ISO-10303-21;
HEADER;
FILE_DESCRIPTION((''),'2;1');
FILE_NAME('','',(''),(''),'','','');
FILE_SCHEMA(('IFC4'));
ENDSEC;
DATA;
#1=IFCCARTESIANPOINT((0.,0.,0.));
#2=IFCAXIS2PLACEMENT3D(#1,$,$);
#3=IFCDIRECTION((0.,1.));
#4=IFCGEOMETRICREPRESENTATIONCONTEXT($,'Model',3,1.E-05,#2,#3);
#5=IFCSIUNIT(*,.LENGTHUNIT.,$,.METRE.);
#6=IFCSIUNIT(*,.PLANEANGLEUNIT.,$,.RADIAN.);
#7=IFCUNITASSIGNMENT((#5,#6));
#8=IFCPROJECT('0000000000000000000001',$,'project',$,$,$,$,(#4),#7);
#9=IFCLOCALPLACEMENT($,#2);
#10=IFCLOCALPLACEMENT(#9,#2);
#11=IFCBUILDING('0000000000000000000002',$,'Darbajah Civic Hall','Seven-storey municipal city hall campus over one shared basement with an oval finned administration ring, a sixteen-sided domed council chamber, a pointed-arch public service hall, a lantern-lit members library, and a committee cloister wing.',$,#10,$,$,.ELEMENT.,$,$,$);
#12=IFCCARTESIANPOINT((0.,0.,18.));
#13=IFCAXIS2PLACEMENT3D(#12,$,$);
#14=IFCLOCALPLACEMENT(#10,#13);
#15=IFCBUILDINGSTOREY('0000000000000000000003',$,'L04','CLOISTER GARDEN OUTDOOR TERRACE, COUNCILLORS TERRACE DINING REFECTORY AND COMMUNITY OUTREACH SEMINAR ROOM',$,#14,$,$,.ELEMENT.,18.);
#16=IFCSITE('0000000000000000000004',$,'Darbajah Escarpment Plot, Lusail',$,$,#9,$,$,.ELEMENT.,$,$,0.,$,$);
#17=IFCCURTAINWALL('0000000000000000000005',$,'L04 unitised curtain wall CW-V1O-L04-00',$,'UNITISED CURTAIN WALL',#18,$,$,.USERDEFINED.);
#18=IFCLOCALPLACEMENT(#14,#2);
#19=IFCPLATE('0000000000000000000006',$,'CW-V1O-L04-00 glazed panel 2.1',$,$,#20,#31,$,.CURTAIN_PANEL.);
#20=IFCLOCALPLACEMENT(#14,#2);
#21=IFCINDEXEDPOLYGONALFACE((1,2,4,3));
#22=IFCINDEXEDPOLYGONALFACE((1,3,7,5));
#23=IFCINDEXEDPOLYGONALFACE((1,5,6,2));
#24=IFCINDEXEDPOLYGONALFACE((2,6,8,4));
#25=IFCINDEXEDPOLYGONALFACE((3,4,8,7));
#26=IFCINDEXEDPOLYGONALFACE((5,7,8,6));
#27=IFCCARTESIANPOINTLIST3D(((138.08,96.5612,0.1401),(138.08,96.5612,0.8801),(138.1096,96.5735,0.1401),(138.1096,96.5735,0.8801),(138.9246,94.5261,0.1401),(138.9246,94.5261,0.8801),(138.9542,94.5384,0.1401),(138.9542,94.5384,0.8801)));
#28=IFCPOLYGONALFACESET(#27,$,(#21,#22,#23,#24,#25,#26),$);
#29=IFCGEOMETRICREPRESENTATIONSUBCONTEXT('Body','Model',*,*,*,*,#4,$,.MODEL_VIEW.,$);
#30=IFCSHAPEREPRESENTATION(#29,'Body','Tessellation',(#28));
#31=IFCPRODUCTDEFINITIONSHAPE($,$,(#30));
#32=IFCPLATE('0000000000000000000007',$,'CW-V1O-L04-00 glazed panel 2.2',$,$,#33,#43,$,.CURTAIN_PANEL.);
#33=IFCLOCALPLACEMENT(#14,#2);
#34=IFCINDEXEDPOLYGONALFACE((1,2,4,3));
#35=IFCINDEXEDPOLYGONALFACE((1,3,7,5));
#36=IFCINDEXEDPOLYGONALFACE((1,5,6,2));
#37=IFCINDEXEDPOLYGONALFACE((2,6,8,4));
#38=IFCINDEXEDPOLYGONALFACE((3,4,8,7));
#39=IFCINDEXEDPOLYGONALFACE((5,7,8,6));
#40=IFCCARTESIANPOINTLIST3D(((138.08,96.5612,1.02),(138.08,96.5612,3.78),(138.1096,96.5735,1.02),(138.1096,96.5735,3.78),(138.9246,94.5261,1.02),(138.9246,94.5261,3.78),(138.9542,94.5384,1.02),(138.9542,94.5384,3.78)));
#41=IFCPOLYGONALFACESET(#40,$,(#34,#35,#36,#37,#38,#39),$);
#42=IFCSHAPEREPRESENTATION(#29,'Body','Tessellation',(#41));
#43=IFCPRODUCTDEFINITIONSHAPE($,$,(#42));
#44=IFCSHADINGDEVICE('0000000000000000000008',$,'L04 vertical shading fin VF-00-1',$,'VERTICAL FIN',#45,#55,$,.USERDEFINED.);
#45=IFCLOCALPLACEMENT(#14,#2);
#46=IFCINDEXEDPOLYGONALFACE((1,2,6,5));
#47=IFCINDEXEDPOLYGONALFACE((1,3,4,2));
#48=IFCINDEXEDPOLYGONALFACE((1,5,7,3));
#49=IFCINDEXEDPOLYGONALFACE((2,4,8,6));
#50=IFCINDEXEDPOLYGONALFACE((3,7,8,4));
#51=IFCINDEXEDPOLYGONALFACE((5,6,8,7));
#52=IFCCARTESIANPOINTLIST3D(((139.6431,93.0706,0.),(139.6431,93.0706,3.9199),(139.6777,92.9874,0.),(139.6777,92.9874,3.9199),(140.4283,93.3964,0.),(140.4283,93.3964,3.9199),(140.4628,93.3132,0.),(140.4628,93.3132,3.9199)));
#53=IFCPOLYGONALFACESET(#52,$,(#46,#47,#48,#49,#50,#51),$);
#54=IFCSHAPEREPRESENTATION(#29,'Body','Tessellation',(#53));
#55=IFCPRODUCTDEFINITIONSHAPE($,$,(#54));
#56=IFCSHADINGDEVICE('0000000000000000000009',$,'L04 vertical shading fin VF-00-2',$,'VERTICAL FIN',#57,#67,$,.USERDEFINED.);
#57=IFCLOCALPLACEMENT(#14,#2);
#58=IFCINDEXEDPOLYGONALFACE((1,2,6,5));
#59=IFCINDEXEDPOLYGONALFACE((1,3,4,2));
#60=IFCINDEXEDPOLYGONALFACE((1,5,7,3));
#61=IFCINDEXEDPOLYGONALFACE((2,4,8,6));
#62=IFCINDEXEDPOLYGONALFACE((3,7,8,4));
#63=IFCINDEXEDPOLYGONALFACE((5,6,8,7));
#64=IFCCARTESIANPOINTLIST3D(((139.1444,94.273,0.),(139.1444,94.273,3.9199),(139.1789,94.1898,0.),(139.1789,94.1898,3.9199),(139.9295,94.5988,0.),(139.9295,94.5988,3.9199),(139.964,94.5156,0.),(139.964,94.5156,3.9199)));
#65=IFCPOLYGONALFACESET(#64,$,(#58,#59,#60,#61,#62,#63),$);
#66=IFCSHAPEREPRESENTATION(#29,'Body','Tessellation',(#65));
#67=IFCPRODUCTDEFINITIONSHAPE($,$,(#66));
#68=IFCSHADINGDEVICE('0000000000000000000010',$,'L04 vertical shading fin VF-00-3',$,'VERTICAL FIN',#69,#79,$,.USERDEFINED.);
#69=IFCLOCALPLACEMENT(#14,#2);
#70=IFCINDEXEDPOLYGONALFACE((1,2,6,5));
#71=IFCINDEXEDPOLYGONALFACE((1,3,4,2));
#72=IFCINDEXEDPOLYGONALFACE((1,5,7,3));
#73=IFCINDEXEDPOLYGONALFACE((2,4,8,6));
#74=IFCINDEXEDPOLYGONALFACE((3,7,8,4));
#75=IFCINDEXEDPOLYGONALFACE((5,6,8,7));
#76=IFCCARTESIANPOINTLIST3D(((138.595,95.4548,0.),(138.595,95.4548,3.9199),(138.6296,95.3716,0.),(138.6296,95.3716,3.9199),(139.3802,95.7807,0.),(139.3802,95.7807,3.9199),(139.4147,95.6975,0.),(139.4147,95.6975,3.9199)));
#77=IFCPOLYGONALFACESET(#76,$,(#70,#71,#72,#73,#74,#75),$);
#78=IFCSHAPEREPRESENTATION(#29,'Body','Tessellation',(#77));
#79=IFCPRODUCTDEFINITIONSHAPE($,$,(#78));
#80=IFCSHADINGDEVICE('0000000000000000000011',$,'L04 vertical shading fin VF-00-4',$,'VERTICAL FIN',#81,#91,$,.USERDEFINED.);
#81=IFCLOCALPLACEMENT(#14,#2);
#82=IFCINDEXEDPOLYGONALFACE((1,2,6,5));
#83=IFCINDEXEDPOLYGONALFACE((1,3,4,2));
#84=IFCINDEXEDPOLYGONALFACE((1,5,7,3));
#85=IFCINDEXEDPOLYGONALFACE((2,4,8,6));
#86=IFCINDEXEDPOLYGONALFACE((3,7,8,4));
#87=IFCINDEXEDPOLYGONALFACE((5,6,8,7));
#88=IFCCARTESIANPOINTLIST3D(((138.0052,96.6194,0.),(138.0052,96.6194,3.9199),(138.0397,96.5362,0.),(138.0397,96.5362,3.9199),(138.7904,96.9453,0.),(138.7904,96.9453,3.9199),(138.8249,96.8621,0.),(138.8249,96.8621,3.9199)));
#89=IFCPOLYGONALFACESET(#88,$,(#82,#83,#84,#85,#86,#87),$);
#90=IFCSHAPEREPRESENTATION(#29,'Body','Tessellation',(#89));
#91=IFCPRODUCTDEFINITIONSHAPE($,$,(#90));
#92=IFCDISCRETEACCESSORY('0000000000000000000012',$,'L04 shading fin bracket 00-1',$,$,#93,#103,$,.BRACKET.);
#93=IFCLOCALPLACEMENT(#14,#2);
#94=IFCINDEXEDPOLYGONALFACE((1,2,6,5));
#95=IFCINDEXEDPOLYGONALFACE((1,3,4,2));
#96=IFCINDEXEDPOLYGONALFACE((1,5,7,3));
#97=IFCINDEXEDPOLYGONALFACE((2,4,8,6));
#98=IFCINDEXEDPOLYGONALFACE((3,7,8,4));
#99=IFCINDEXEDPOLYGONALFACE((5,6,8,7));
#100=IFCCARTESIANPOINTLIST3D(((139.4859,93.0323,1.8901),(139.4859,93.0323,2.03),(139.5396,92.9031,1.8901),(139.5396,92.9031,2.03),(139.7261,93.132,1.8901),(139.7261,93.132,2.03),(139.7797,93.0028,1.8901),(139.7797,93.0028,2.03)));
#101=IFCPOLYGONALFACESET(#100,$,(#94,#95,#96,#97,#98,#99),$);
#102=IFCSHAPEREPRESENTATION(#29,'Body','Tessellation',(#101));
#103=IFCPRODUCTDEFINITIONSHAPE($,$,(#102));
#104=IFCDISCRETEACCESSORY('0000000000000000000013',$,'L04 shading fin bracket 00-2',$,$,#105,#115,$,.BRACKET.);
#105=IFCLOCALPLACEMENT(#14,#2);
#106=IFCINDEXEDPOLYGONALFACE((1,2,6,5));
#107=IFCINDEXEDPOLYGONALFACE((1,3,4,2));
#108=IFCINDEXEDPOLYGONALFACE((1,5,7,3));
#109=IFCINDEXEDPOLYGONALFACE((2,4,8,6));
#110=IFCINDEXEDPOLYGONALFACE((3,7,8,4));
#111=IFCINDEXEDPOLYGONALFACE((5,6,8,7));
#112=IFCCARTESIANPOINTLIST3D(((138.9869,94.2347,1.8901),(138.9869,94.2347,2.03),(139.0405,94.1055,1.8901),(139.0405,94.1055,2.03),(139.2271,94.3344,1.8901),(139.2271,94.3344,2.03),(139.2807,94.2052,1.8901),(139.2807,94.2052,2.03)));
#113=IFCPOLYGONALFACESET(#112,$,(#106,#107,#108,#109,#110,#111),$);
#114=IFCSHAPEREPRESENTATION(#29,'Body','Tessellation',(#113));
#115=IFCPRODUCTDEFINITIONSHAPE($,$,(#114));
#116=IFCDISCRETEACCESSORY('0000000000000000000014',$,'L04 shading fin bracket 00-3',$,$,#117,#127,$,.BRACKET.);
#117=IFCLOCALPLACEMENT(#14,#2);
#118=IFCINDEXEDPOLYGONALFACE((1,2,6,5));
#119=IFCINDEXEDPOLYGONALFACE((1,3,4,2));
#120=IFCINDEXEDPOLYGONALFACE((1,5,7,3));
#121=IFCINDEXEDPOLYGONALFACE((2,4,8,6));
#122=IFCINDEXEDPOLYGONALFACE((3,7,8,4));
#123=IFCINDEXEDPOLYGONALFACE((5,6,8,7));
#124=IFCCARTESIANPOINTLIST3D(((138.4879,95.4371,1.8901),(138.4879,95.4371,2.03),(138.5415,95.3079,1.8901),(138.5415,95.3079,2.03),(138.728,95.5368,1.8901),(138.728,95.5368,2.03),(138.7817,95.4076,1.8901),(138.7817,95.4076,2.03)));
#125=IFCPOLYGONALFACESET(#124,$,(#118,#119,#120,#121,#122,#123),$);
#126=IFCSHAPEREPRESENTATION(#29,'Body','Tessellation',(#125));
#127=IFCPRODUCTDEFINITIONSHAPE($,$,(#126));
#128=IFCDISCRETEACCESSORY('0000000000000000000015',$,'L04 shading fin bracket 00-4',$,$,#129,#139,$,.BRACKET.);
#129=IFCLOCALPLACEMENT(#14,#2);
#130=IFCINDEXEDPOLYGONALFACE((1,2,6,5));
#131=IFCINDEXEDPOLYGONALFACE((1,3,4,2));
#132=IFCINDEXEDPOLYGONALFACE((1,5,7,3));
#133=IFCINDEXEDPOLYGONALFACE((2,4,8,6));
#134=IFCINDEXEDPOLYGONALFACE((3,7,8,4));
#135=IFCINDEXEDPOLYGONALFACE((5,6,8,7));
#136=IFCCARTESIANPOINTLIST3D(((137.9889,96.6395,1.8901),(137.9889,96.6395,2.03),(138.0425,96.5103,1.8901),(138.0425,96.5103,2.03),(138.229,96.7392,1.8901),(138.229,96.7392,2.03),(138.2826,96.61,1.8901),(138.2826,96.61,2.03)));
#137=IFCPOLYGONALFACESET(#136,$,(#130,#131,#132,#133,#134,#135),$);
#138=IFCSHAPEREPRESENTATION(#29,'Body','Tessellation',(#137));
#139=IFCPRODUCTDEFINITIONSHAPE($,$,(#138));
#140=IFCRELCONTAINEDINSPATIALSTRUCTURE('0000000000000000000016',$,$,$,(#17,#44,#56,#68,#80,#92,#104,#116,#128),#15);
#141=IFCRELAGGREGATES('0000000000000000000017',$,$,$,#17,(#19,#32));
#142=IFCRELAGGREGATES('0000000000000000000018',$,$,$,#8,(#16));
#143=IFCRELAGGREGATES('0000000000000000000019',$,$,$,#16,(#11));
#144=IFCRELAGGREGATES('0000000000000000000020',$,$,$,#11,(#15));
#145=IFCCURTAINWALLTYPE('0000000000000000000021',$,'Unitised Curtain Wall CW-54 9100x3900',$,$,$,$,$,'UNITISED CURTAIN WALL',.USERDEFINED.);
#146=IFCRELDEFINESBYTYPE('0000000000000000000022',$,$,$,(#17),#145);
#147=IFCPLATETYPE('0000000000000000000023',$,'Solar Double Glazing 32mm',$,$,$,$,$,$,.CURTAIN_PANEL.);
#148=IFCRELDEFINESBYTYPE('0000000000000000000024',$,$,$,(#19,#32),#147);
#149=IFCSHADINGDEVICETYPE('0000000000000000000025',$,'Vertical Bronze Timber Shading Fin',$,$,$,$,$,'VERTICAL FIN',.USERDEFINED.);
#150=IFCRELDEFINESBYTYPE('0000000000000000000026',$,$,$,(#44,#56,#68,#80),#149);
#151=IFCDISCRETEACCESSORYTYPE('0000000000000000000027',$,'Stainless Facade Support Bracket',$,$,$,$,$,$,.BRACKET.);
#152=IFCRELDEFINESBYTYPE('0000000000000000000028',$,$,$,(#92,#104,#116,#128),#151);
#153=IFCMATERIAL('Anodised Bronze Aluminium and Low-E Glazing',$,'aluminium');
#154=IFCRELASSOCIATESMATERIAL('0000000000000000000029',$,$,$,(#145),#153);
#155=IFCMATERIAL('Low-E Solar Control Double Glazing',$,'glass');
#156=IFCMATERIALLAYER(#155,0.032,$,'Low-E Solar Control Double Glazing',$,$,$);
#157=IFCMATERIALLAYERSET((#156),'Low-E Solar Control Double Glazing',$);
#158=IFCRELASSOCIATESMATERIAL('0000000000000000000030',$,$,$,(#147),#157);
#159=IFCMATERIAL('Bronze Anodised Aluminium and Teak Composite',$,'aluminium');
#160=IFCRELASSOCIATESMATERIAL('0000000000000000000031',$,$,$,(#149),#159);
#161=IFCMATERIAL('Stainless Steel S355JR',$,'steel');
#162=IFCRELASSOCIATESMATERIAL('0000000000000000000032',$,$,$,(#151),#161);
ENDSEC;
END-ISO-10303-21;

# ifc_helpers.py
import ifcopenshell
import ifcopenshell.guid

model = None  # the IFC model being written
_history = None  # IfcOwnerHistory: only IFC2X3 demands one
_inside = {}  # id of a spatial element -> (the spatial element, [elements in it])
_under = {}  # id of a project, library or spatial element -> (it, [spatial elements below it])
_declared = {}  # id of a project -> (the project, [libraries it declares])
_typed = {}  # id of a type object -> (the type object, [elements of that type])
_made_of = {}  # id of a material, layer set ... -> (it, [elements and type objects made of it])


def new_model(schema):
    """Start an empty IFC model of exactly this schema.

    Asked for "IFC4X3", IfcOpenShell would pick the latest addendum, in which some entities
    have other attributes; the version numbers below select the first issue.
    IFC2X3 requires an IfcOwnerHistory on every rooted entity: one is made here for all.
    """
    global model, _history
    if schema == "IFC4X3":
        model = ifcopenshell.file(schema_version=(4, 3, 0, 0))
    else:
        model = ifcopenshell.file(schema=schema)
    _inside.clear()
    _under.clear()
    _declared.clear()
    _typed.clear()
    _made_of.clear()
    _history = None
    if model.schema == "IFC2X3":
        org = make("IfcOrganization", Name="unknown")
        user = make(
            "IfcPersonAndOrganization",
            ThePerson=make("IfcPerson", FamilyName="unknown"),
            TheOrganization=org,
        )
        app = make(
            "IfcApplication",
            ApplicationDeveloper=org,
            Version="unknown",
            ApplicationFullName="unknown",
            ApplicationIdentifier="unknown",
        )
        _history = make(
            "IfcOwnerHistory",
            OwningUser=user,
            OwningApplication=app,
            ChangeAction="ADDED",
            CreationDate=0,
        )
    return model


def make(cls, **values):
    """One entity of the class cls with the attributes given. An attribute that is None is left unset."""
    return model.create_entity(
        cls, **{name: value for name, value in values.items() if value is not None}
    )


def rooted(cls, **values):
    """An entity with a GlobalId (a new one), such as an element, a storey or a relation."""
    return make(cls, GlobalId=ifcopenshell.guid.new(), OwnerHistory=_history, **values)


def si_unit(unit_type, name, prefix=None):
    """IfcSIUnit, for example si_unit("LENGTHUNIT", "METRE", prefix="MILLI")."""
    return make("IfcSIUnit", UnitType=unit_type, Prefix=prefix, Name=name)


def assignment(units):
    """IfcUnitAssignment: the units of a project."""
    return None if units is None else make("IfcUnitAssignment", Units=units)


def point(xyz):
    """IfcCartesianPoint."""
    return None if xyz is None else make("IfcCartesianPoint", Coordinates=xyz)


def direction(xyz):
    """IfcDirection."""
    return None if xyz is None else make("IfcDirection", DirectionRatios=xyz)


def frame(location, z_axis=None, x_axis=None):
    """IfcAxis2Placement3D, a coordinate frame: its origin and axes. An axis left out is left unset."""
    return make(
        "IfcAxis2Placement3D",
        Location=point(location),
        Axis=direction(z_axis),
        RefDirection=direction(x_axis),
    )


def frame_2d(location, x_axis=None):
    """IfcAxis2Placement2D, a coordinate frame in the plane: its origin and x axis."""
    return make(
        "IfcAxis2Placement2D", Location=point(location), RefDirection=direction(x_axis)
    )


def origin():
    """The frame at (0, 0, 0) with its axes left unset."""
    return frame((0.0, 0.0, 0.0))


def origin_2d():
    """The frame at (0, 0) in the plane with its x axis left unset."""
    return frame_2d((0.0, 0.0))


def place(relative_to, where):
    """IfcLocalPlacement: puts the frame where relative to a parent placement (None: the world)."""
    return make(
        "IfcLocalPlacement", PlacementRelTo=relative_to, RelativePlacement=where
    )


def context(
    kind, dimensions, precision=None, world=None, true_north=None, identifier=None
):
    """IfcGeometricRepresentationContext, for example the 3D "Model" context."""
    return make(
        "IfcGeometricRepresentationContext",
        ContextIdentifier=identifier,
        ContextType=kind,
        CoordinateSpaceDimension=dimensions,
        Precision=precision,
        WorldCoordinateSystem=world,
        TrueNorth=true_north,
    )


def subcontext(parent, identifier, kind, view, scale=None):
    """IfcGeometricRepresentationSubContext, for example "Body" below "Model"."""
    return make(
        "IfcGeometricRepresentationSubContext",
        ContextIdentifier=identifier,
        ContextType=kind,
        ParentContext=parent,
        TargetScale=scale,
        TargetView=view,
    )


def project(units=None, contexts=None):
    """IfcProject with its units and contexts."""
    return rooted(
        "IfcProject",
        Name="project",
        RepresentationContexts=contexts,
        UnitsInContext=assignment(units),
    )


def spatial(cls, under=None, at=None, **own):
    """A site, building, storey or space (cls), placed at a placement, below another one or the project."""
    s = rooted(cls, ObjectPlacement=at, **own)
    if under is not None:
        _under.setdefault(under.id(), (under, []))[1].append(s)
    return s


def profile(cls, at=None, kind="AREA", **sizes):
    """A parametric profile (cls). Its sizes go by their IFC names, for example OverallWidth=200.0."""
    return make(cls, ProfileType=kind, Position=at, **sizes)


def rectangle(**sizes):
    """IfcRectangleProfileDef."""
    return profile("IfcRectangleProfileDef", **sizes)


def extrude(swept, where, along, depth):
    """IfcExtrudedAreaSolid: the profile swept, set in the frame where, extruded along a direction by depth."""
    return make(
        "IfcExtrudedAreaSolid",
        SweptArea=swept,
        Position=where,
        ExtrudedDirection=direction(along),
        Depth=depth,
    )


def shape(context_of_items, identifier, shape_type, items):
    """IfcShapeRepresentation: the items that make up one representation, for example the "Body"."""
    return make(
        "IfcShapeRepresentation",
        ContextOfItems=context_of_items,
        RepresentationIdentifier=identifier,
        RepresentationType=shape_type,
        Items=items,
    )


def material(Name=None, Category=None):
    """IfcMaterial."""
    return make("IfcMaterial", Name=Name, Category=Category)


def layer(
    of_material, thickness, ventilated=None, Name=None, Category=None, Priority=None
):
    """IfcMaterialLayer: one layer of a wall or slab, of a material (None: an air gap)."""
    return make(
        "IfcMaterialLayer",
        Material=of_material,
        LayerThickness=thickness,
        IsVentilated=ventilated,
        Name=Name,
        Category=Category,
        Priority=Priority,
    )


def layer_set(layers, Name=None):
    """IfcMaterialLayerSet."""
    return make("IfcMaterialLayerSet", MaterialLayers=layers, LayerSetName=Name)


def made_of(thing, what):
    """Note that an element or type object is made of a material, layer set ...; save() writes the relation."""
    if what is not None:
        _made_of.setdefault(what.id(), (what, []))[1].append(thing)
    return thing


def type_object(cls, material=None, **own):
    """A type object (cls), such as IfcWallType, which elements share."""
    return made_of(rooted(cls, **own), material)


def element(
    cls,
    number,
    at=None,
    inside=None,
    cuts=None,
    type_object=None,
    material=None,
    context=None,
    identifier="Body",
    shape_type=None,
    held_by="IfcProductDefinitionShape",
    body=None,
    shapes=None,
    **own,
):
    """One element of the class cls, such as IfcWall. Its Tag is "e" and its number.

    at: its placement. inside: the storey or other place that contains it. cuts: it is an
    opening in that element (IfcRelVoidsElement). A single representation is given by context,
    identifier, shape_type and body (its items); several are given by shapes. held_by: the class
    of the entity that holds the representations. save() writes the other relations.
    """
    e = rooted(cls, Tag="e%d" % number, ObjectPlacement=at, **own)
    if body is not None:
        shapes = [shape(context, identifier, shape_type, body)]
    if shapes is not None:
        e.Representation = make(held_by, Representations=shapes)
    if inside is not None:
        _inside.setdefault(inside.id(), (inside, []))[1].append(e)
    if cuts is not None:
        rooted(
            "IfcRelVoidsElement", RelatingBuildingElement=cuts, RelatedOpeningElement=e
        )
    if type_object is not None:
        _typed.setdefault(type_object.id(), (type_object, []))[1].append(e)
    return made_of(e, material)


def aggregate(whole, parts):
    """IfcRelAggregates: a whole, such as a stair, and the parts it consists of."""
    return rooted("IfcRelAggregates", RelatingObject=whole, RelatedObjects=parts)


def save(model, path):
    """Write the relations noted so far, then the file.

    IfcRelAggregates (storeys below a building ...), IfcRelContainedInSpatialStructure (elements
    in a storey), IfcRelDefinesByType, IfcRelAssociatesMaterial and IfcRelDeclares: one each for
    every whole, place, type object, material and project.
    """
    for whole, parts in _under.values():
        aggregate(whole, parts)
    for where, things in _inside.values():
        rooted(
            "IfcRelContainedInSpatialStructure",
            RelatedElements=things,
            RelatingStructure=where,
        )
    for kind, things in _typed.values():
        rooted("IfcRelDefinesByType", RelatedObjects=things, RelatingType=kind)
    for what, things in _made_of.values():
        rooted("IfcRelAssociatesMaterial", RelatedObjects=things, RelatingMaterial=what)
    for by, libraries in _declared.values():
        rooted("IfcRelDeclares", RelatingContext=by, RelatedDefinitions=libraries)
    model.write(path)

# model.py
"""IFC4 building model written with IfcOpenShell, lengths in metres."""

from ifc_helpers import new_model, si_unit, direction, frame, origin, origin_2d, place, context, subcontext, project, spatial, rectangle, extrude, material, layer, layer_set, type_object, element, aggregate, save


model = new_model("IFC4")

# Units and contexts
model_context = context("Model", 3, precision=1e-05, world=origin(), true_north=direction((0.0, 1.0)))
body_context = subcontext(model_context, "Body", "Model", "MODEL_VIEW")
ifc_project = project(units=[si_unit("LENGTHUNIT", "METRE"), si_unit("PLANEANGLEUNIT", "RADIAN")], contexts=[model_context])

# Site, building, storey
site_placement = place(None, origin())
site = spatial("IfcSite", under=ifc_project, at=site_placement, Name="Darbajah Escarpment Plot, Lusail", CompositionType="ELEMENT", RefElevation=0.0)
building_placement = place(site_placement, origin())
building = spatial("IfcBuilding", under=site, at=building_placement, Name="Darbajah Civic Hall", Description="Seven-storey municipal city hall campus over one shared basement with an oval finned administration ring, a sixteen-sided domed council chamber, a pointed-arch public service hall, a lantern-lit members library, and a committee cloister wing.", CompositionType="ELEMENT")
storey_placement = place(building_placement, frame((0.0, 0.0, 18.0)))
storey = spatial("IfcBuildingStorey", under=building, at=storey_placement, Name="L04", Description="CLOISTER GARDEN OUTDOOR TERRACE, COUNCILLORS TERRACE DINING REFECTORY AND COMMUNITY OUTREACH SEMINAR ROOM", CompositionType="ELEMENT", Elevation=18.0)

# Curtain wall, plates
ifc_material_1 = material(Name="Anodised Bronze Aluminium and Low-E Glazing", Category="aluminium")
curtain_wall_type = type_object("IfcCurtainWallType", Name="Unitised Curtain Wall CW-54 9100x3900", ElementType="UNITISED CURTAIN WALL", PredefinedType="USERDEFINED", material=ifc_material_1)
curtain_wall_placement = place(storey_placement, origin())
curtain_wall = element("IfcCurtainWall", 1, at=curtain_wall_placement, inside=storey, type_object=curtain_wall_type, Name="L04 unitised curtain wall CW-V1O-L04-00", ObjectType="UNITISED CURTAIN WALL", PredefinedType="USERDEFINED")
ifc_material_2 = material(Name="Low-E Solar Control Double Glazing", Category="glass")
ifc_layer = layer(ifc_material_2, 0.032, Name="Low-E Solar Control Double Glazing")
ifc_layer_set = layer_set([ifc_layer], Name="Low-E Solar Control Double Glazing")
plate_type = type_object("IfcPlateType", Name="Solar Double Glazing 32mm", PredefinedType="CURTAIN_PANEL", material=ifc_layer_set)
plate_1_placement = place(storey_placement, frame((138.5171, 95.5498, 0.1401), z_axis=(0.0, 0.0, 1.0), x_axis=(-0.383328, 0.923612, 0.0)))
plate_1 = element("IfcPlate", 2, at=plate_1_placement, type_object=plate_type, Name="CW-V1O-L04-00 glazed panel 2.1", PredefinedType="CURTAIN_PANEL", context=body_context, shape_type="SweptSolid", body=[
    extrude(rectangle(XDim=2.2034, YDim=0.032, at=origin_2d()), origin(), (0.0, 0.0, 1.0), 0.74),
])
plate_2_placement = place(storey_placement, frame((138.5171, 95.5498, 1.02), z_axis=(0.0, 0.0, 1.0), x_axis=(-0.383328, 0.923612, 0.0)))
plate_2 = element("IfcPlate", 3, at=plate_2_placement, type_object=plate_type, Name="CW-V1O-L04-00 glazed panel 2.2", PredefinedType="CURTAIN_PANEL", context=body_context, shape_type="SweptSolid", body=[
    extrude(rectangle(XDim=2.2034, YDim=0.032, at=origin_2d()), origin(), (0.0, 0.0, 1.0), 2.76),
])
aggregate(curtain_wall, [plate_1, plate_2])

# Shading devices
ifc_material_3 = material(Name="Bronze Anodised Aluminium and Teak Composite", Category="aluminium")
shading_device_type = type_object("IfcShadingDeviceType", Name="Vertical Bronze Timber Shading Fin", ElementType="VERTICAL FIN", PredefinedType="USERDEFINED", material=ifc_material_3)
for number, where, z_axis, x_axis, name in (
    (4, (140.053, 93.1919, 0.0), (0.0, 0.0, 1.0), (0.923612, 0.383328, 0.0), "L04 vertical shading fin VF-00-1"),
    (5, (139.5542, 94.3943, 0.0), (0.0, 0.0, 1.0), (0.923612, 0.383328, 0.0), "L04 vertical shading fin VF-00-2"),
    (6, (139.0049, 95.5762, 0.0), (0.0, 0.0, 1.0), (0.923612, 0.383328, 0.0), "L04 vertical shading fin VF-00-3"),
    (7, (138.415, 96.7407, 0.0), (0.0, 0.0, 1.0), (0.923612, 0.383328, 0.0), "L04 vertical shading fin VF-00-4"),
):
    element("IfcShadingDevice", number, at=place(storey_placement, frame(where, z_axis=z_axis, x_axis=x_axis)), inside=storey, type_object=shading_device_type, Name=name, ObjectType="VERTICAL FIN", PredefinedType="USERDEFINED", context=body_context, shape_type="SweptSolid", body=[
        extrude(rectangle(XDim=0.8501, YDim=0.0901, at=origin_2d()), origin(), (0.0, 0.0, 1.0), 3.9199),
    ])

# Discrete accessories
ifc_material_4 = material(Name="Stainless Steel S355JR", Category="steel")
discrete_accessory_type = type_object("IfcDiscreteAccessoryType", Name="Stainless Facade Support Bracket", PredefinedType="BRACKET", material=ifc_material_4)
for number, where, z_axis, x_axis, name in (
    (8, (139.6328, 93.0176, 1.8901), (0.0, 0.0, 1.0), (0.923612, 0.383328, 0.0), "L04 shading fin bracket 00-1"),
    (9, (139.1338, 94.22, 1.8901), (0.0, 0.0, 1.0), (0.923612, 0.383328, 0.0), "L04 shading fin bracket 00-2"),
    (10, (138.6348, 95.4224, 1.8901), (0.0, 0.0, 1.0), (0.923612, 0.383328, 0.0), "L04 shading fin bracket 00-3"),
    (11, (138.1357, 96.6248, 1.8901), (0.0, 0.0, 1.0), (0.923612, 0.383328, 0.0), "L04 shading fin bracket 00-4"),
):
    element("IfcDiscreteAccessory", number, at=place(storey_placement, frame(where, z_axis=z_axis, x_axis=x_axis)), inside=storey, type_object=discrete_accessory_type, Name=name, PredefinedType="BRACKET", context=body_context, shape_type="SweptSolid", body=[
        extrude(rectangle(XDim=0.26, YDim=0.1399, at=origin_2d()), origin(), (0.0, 0.0, 1.0), 0.1399),
    ])

save(model, "model.ifc")
